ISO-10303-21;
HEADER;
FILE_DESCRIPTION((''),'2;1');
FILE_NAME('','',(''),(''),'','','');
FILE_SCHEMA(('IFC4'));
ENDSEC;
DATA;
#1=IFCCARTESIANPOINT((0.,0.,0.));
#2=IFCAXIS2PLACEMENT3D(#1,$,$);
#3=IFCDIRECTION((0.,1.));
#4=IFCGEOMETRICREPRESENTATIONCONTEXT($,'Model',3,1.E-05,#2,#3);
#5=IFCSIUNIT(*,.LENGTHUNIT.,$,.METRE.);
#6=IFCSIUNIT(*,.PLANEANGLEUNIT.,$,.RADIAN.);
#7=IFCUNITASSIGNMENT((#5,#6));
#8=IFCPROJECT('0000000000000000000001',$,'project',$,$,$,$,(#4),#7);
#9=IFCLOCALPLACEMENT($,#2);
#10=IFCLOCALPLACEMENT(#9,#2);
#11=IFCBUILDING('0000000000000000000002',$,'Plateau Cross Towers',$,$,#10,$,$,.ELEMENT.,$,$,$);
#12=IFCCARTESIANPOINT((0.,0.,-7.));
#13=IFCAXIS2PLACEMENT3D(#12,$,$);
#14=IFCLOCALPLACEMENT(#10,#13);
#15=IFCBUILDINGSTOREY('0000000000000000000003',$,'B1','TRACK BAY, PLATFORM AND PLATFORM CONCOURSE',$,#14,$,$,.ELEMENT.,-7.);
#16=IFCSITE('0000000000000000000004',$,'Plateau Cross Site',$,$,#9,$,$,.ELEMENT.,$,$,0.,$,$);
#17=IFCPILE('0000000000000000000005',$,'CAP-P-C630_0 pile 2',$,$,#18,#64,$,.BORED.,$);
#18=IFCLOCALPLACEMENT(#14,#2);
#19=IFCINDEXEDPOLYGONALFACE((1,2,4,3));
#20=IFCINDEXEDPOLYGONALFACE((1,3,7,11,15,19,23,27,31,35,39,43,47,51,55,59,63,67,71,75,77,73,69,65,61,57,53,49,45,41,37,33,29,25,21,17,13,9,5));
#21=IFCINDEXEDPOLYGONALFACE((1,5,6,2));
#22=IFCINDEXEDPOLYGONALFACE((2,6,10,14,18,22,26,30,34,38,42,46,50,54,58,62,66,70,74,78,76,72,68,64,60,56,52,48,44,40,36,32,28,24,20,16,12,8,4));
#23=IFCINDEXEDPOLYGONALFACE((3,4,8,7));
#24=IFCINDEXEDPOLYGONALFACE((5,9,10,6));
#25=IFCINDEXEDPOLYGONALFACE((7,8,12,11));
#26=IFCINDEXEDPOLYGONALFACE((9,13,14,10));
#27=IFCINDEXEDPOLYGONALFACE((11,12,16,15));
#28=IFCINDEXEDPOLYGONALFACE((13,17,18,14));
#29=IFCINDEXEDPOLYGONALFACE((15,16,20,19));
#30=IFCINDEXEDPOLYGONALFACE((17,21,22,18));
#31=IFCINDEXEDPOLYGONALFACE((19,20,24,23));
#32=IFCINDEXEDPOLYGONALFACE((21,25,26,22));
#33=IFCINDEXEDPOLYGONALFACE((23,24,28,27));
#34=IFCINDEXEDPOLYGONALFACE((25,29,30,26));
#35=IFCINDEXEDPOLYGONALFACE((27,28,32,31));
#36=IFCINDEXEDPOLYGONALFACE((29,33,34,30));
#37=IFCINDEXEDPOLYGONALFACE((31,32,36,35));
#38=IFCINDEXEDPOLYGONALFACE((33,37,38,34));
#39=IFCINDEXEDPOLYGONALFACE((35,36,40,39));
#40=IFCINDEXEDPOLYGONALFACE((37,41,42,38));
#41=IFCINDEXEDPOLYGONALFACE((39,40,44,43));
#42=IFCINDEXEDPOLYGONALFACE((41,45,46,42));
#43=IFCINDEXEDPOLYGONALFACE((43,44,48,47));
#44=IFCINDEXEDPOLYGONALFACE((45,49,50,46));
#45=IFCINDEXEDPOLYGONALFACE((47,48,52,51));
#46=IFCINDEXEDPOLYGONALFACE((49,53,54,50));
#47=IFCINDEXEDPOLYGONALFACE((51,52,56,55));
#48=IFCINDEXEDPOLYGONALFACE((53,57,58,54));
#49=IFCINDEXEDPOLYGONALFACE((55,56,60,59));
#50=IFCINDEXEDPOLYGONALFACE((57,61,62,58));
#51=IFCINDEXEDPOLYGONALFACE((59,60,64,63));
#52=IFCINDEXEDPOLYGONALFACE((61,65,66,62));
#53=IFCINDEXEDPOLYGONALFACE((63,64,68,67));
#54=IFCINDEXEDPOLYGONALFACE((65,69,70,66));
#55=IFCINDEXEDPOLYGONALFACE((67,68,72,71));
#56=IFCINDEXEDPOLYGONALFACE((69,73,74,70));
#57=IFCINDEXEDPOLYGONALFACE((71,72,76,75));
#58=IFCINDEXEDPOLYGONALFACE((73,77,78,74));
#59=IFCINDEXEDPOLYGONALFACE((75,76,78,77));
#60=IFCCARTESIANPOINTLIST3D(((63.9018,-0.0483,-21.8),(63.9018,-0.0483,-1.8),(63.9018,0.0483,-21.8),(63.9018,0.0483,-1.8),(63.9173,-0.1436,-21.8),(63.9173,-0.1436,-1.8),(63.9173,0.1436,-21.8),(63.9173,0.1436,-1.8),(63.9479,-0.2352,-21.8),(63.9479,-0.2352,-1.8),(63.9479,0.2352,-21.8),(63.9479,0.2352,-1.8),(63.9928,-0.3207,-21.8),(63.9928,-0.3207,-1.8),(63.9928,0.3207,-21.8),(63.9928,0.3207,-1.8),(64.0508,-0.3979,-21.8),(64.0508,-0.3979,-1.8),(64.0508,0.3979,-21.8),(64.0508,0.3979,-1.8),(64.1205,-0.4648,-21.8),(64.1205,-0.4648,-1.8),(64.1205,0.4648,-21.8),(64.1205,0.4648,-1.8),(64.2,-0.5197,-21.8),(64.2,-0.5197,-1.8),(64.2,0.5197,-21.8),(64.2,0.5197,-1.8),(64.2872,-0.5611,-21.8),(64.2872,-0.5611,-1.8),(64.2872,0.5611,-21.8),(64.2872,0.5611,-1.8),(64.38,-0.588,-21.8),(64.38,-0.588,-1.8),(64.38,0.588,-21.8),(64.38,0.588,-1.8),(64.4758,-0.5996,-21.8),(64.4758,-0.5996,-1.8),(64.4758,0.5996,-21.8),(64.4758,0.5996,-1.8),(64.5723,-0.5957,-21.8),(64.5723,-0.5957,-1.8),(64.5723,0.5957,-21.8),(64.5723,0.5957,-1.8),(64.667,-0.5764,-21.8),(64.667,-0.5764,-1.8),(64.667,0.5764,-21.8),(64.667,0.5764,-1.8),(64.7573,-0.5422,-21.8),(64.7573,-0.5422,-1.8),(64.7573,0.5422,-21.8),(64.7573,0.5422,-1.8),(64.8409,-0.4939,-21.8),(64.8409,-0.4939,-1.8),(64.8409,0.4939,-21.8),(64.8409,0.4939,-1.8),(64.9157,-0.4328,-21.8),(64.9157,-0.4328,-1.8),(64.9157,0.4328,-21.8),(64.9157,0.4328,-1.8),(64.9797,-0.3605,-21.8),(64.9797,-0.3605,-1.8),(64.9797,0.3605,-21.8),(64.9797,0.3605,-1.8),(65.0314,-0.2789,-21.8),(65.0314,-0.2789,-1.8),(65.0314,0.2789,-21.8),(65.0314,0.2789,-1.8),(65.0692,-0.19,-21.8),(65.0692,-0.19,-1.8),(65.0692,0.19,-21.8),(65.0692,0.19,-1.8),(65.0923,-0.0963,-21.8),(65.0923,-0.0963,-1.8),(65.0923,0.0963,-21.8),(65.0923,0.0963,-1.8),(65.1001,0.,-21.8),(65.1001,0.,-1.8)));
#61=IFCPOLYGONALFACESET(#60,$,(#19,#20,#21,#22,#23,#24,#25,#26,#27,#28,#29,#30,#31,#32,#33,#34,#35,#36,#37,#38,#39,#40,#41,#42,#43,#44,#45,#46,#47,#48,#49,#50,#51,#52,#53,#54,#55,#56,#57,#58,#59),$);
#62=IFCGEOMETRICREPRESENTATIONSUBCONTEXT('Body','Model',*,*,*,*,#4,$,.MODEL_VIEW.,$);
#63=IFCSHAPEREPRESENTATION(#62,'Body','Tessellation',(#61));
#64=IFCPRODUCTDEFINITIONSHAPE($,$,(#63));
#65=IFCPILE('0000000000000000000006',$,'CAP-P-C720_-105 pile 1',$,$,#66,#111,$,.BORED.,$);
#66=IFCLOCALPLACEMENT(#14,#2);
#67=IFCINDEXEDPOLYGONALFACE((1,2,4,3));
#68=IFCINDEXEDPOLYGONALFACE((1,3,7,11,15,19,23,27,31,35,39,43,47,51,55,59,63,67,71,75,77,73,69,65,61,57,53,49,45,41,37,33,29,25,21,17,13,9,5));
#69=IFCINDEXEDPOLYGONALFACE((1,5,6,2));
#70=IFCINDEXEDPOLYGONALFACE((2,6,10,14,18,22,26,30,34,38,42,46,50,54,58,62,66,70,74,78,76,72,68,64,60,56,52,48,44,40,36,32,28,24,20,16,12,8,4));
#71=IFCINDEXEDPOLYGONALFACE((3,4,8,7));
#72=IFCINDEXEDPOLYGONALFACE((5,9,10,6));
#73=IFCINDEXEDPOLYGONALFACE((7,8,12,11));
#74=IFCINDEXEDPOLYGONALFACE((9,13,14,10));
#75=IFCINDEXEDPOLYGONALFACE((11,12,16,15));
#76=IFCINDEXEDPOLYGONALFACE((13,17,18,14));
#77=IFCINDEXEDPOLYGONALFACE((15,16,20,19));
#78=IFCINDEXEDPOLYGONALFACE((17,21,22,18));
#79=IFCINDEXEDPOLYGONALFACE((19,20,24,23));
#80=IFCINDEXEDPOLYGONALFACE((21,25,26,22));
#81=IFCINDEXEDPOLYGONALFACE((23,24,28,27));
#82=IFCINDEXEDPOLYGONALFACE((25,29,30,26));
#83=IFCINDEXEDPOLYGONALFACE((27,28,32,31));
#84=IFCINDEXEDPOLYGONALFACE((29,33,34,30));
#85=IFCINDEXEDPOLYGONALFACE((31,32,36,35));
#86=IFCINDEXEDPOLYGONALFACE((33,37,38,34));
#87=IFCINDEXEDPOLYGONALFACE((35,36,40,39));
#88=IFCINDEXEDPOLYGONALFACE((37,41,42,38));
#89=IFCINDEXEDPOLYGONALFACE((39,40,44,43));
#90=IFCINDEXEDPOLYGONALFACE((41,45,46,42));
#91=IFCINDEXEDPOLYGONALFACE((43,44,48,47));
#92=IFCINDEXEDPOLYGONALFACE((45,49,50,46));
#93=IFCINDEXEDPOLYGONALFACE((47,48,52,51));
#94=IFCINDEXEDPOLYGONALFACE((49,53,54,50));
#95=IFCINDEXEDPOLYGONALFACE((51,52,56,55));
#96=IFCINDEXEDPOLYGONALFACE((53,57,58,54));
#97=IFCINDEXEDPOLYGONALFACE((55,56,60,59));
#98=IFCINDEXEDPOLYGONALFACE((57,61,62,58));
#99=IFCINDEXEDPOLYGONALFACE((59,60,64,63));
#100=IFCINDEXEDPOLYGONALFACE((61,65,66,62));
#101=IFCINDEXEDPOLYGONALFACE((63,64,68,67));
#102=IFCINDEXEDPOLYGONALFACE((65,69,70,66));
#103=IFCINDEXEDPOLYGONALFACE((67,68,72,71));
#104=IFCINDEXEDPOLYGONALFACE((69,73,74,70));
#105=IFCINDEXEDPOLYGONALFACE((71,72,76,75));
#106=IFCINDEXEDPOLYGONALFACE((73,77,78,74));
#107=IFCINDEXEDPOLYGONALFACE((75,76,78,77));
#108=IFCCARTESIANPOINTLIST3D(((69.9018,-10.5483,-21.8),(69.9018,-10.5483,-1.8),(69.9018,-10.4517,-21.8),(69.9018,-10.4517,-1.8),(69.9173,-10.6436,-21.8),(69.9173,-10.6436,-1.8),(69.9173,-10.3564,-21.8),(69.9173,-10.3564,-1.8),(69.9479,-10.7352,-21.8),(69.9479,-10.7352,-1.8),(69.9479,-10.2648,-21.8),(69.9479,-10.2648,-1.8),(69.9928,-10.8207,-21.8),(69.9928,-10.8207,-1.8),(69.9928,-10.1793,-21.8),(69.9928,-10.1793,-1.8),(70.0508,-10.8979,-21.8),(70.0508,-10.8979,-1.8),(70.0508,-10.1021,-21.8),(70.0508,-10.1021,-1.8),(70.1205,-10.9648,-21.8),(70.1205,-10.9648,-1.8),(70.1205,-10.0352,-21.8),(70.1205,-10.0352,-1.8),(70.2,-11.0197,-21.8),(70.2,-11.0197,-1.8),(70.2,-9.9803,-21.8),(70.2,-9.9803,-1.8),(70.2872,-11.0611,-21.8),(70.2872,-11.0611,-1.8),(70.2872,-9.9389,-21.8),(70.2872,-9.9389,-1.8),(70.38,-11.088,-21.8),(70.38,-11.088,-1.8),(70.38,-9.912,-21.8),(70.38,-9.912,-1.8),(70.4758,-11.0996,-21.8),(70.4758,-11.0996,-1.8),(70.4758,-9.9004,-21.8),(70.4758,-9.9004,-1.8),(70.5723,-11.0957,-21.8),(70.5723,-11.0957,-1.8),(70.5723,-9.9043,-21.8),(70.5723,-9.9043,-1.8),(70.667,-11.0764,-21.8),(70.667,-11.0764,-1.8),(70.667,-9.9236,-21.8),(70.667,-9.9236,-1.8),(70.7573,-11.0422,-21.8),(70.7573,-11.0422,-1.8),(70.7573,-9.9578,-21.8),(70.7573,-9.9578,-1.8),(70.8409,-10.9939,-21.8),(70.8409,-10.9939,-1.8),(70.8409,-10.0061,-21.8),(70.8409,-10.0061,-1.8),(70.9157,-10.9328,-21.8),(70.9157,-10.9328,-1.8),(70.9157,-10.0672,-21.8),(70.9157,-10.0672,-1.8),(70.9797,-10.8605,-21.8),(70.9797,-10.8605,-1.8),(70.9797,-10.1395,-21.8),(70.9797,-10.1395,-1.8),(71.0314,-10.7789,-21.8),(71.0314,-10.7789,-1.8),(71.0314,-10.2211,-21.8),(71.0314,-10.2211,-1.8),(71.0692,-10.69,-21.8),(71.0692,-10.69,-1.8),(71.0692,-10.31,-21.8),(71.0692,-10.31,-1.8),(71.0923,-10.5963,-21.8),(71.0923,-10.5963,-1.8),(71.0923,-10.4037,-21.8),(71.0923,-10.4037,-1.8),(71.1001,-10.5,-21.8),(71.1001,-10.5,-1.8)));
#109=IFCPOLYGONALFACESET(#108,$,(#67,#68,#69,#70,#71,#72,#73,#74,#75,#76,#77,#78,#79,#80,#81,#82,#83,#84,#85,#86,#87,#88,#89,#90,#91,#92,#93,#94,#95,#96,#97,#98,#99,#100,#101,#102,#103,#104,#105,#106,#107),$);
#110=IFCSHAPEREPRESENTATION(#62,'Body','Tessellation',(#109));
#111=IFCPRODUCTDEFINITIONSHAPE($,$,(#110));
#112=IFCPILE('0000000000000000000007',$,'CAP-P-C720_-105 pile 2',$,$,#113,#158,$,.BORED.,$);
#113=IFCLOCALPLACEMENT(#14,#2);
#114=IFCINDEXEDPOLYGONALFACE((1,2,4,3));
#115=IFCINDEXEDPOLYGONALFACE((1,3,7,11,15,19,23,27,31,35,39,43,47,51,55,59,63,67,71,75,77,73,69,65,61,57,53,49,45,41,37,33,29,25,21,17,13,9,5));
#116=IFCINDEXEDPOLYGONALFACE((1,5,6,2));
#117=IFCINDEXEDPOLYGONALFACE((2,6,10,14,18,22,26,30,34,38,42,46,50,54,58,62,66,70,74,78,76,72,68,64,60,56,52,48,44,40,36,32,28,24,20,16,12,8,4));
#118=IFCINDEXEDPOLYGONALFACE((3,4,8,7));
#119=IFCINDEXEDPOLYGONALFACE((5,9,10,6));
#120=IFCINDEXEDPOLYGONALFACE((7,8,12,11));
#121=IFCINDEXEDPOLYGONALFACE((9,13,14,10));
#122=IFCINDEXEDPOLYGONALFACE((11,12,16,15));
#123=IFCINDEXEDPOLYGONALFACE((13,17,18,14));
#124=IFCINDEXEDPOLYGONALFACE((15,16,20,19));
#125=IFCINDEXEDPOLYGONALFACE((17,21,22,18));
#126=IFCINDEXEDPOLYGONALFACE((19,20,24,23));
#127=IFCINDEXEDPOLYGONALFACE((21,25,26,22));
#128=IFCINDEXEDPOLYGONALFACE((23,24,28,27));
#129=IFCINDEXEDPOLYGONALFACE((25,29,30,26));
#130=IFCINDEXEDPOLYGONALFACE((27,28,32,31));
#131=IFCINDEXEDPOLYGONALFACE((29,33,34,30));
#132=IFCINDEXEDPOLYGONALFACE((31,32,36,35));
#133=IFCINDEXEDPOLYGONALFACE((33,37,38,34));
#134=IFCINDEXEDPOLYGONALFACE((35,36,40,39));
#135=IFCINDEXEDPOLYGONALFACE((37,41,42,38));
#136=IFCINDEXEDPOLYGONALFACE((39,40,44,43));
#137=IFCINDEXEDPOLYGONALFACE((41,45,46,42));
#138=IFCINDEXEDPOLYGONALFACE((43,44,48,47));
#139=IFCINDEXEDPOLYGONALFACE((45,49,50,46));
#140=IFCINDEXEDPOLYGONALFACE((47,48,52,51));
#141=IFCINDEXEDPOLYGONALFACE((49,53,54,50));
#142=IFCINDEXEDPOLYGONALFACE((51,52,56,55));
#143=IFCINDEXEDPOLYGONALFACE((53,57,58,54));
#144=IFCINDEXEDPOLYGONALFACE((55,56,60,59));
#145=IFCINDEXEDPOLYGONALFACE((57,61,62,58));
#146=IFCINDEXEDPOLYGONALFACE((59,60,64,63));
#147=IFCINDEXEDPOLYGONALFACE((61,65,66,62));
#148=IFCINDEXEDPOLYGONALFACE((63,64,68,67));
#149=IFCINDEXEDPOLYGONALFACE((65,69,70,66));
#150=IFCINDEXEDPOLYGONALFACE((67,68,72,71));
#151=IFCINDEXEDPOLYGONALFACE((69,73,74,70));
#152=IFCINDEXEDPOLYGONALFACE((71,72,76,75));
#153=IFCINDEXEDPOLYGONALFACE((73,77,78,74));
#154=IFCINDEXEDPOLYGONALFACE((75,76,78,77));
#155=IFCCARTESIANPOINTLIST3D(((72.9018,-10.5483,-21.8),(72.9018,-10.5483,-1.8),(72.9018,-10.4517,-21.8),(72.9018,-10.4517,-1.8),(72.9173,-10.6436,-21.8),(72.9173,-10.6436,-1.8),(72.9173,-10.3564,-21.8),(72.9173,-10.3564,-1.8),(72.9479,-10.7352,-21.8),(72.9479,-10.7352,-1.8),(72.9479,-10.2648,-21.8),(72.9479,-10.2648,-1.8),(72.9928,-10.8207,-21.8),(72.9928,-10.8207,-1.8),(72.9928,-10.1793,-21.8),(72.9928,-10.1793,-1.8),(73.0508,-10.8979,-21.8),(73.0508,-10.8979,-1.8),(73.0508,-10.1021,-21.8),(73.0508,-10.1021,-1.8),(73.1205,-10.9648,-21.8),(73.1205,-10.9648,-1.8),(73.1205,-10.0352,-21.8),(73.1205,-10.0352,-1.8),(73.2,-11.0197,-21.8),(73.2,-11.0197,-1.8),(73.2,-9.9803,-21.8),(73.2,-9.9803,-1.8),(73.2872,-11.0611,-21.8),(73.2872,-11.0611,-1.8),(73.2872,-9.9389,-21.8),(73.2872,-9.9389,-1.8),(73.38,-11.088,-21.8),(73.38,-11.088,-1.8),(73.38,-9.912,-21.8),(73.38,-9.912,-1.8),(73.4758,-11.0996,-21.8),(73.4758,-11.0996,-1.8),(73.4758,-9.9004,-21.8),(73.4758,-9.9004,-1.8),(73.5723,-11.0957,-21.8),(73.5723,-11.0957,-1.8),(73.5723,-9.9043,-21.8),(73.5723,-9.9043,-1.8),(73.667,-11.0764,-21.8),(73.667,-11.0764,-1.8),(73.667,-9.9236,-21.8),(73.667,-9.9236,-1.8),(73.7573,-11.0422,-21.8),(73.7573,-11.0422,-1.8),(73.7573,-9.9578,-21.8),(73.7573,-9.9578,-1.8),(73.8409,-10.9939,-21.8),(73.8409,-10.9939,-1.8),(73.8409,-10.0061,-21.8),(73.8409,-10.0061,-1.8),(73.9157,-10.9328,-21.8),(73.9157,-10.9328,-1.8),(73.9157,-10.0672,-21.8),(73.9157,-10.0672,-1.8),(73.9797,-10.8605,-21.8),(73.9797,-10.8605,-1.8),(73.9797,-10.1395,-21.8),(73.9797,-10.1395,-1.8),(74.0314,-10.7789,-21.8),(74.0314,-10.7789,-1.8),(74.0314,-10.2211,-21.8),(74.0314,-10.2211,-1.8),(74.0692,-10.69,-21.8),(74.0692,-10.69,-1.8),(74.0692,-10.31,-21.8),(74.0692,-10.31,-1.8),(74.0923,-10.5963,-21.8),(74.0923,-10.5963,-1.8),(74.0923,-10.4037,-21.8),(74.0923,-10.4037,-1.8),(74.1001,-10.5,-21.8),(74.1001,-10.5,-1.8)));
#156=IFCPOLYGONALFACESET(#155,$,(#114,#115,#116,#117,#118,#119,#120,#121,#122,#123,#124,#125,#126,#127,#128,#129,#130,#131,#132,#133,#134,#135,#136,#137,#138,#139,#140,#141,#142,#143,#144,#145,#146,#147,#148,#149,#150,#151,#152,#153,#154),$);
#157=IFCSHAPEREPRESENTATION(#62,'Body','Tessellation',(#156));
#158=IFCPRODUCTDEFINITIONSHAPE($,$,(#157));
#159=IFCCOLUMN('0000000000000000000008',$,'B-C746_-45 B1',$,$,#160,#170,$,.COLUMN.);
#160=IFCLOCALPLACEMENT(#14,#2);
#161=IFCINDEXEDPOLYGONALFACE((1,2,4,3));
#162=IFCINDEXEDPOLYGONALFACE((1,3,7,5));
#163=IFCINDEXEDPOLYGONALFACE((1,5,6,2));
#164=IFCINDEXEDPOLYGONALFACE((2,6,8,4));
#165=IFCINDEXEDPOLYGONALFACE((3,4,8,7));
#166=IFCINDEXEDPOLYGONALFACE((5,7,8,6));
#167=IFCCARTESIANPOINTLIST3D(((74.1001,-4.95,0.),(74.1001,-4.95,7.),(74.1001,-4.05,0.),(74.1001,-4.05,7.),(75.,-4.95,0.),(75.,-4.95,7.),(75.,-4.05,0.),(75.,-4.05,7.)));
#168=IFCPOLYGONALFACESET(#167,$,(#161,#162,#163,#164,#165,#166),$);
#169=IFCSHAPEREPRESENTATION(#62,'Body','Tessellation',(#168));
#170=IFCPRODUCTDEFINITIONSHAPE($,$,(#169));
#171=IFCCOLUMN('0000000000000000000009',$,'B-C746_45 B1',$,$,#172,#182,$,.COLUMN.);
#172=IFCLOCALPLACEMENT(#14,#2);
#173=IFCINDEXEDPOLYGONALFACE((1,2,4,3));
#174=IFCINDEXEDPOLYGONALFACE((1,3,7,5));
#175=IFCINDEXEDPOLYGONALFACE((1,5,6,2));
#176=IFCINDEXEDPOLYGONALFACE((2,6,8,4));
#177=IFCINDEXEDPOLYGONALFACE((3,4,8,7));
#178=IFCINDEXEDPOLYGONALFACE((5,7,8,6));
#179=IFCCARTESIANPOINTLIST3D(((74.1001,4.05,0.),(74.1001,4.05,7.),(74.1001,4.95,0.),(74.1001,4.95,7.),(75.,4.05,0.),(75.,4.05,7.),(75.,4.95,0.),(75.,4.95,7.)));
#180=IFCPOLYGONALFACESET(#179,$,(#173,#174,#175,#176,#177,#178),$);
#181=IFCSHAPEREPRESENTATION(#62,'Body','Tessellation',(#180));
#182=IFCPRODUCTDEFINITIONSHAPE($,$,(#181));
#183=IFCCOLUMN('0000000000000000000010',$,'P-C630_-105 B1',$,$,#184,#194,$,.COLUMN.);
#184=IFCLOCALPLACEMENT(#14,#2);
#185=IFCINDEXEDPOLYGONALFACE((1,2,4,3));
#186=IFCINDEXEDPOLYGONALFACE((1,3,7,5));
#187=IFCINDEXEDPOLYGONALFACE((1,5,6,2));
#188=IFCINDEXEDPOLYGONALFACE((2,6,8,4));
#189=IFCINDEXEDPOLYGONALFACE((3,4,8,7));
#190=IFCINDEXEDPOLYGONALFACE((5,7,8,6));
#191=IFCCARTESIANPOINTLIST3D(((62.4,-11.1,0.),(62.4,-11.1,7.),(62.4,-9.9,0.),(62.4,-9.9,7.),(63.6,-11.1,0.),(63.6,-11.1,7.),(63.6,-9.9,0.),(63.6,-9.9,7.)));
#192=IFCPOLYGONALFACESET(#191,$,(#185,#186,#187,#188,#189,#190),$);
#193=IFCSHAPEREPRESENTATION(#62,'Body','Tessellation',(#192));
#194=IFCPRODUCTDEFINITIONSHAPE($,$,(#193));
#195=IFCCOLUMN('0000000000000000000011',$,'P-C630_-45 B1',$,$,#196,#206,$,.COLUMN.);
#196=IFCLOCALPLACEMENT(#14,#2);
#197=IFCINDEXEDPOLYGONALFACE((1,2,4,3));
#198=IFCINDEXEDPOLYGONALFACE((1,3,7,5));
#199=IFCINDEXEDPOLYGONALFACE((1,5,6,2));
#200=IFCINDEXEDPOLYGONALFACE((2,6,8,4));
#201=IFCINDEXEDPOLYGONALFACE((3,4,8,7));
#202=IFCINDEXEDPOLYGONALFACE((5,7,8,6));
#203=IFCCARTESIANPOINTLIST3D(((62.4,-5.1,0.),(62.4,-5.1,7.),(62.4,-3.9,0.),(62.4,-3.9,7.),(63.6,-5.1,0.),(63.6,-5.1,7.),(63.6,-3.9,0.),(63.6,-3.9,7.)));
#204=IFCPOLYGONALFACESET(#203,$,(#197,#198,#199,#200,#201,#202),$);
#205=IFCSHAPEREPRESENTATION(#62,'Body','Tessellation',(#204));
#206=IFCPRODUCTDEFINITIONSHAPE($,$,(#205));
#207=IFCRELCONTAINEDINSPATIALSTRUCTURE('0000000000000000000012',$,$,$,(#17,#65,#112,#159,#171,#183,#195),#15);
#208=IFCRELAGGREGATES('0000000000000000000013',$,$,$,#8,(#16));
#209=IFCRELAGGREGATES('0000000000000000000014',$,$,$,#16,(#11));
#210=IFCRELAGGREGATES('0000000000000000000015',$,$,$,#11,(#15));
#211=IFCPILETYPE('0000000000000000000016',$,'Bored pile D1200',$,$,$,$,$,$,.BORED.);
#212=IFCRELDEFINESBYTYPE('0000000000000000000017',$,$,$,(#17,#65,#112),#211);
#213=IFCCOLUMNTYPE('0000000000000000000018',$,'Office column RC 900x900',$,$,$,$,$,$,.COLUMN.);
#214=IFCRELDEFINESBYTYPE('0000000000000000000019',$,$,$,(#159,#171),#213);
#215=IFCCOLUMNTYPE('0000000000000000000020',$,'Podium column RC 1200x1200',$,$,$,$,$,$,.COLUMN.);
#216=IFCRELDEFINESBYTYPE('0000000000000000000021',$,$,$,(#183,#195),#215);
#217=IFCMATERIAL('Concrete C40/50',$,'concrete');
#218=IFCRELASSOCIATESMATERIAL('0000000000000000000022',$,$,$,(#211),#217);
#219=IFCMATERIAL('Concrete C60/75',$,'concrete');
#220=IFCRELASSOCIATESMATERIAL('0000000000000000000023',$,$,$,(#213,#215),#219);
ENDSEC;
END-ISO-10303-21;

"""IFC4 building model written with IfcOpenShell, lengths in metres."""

from ifc_helpers import new_model, si_unit, direction, frame, origin, origin_2d, place, context, subcontext, project, spatial, rectangle, circle, extrude, material, material_profile, profile_set, type_object, element, save


model = new_model("IFC4")

# Units and contexts
model_context = context("Model", 3, precision=1e-05, world=origin(), true_north=direction((0.0, 1.0)))
body_context = subcontext(model_context, "Body", "Model", "MODEL_VIEW")
ifc_project = project(units=[si_unit("LENGTHUNIT", "METRE"), si_unit("PLANEANGLEUNIT", "RADIAN")], contexts=[model_context])

# Site, building, storey
site_placement = place(None, origin())
site = spatial("IfcSite", under=ifc_project, at=site_placement, Name="Plateau Cross Site", CompositionType="ELEMENT", RefElevation=0.0)
building_placement = place(site_placement, origin())
building = spatial("IfcBuilding", under=site, at=building_placement, Name="Plateau Cross Towers", CompositionType="ELEMENT")
storey_placement = place(building_placement, frame((0.0, 0.0, -7.0)))
storey = spatial("IfcBuildingStorey", under=building, at=storey_placement, Name="B1", Description="TRACK BAY, PLATFORM AND PLATFORM CONCOURSE", CompositionType="ELEMENT", Elevation=-7.0)

# Piles
ifc_material_1 = material(Name="Concrete C40/50", Category="concrete")
ifc_material_profile_1 = material_profile(ifc_material_1, circle(Radius=0.6001, at=origin_2d()), Name="Bored pile D1200")
ifc_profile_set_1 = profile_set([ifc_material_profile_1], Name="Concrete C40/50")
pile_type = type_object("IfcPileType", Name="Bored pile D1200", PredefinedType="BORED", material=ifc_profile_set_1)
for number, where, z_axis, x_axis, name in (
    (1, (64.5, 0.0, -1.8), (0.0, 0.0, -1.0), (1.0, 0.0, 0.0), "CAP-P-C630_0 pile 2"),
    (2, (70.5, -10.5, -1.8), (0.0, 0.0, -1.0), (1.0, 0.0, 0.0), "CAP-P-C720_-105 pile 1"),
    (3, (73.5, -10.5, -1.8), (0.0, 0.0, -1.0), (1.0, 0.0, 0.0), "CAP-P-C720_-105 pile 2"),
):
    element("IfcPile", number, at=place(storey_placement, frame(where, z_axis=z_axis, x_axis=x_axis)), inside=storey, type_object=pile_type, Name=name, PredefinedType="BORED", context=body_context, shape_type="SweptSolid", body=[
        extrude(circle(Radius=0.6001, at=origin_2d()), origin(), (0.0, 0.0, 1.0), 20.0),
    ])

# Columns
ifc_material_2 = material(Name="Concrete C60/75", Category="concrete")
ifc_material_profile_2 = material_profile(ifc_material_2, rectangle(XDim=0.8999, YDim=0.8999, at=origin_2d()), Name="RC 900x900")
ifc_profile_set_2 = profile_set([ifc_material_profile_2], Name="Concrete C60/75")
column_type_1 = type_object("IfcColumnType", Name="Office column RC 900x900", PredefinedType="COLUMN", material=ifc_profile_set_2)
for number, where, z_axis, x_axis, name in (
    (4, (74.55, -4.5, 0.0), (0.0, 0.0, 1.0), (1.0, 0.0, 0.0), "B-C746_-45 B1"),
    (5, (74.55, 4.5, 0.0), (0.0, 0.0, 1.0), (1.0, 0.0, 0.0), "B-C746_45 B1"),
):
    element("IfcColumn", number, at=place(storey_placement, frame(where, z_axis=z_axis, x_axis=x_axis)), inside=storey, type_object=column_type_1, Name=name, PredefinedType="COLUMN", context=body_context, shape_type="SweptSolid", body=[
        extrude(rectangle(XDim=0.8999, YDim=0.8999, at=origin_2d()), origin(), (0.0, 0.0, 1.0), 7.0),
    ])
ifc_material_profile_3 = material_profile(ifc_material_2, rectangle(XDim=1.2, YDim=1.2, at=origin_2d()), Name="RC 1200x1200")
ifc_profile_set_3 = profile_set([ifc_material_profile_3], Name="Concrete C60/75")
column_type_2 = type_object("IfcColumnType", Name="Podium column RC 1200x1200", PredefinedType="COLUMN", material=ifc_profile_set_3)
for number, where, z_axis, x_axis, name in (
    (6, (63.0, -10.5, 0.0), (0.0, 0.0, 1.0), (1.0, 0.0, 0.0), "P-C630_-105 B1"),
    (7, (63.0, -4.5, 0.0), (0.0, 0.0, 1.0), (1.0, 0.0, 0.0), "P-C630_-45 B1"),
):
    element("IfcColumn", number, at=place(storey_placement, frame(where, z_axis=z_axis, x_axis=x_axis)), inside=storey, type_object=column_type_2, Name=name, PredefinedType="COLUMN", context=body_context, shape_type="SweptSolid", body=[
        extrude(rectangle(XDim=1.2, YDim=1.2, at=origin_2d()), origin(), (0.0, 0.0, 1.0), 7.0),
    ])

save(model, "model.ifc")
